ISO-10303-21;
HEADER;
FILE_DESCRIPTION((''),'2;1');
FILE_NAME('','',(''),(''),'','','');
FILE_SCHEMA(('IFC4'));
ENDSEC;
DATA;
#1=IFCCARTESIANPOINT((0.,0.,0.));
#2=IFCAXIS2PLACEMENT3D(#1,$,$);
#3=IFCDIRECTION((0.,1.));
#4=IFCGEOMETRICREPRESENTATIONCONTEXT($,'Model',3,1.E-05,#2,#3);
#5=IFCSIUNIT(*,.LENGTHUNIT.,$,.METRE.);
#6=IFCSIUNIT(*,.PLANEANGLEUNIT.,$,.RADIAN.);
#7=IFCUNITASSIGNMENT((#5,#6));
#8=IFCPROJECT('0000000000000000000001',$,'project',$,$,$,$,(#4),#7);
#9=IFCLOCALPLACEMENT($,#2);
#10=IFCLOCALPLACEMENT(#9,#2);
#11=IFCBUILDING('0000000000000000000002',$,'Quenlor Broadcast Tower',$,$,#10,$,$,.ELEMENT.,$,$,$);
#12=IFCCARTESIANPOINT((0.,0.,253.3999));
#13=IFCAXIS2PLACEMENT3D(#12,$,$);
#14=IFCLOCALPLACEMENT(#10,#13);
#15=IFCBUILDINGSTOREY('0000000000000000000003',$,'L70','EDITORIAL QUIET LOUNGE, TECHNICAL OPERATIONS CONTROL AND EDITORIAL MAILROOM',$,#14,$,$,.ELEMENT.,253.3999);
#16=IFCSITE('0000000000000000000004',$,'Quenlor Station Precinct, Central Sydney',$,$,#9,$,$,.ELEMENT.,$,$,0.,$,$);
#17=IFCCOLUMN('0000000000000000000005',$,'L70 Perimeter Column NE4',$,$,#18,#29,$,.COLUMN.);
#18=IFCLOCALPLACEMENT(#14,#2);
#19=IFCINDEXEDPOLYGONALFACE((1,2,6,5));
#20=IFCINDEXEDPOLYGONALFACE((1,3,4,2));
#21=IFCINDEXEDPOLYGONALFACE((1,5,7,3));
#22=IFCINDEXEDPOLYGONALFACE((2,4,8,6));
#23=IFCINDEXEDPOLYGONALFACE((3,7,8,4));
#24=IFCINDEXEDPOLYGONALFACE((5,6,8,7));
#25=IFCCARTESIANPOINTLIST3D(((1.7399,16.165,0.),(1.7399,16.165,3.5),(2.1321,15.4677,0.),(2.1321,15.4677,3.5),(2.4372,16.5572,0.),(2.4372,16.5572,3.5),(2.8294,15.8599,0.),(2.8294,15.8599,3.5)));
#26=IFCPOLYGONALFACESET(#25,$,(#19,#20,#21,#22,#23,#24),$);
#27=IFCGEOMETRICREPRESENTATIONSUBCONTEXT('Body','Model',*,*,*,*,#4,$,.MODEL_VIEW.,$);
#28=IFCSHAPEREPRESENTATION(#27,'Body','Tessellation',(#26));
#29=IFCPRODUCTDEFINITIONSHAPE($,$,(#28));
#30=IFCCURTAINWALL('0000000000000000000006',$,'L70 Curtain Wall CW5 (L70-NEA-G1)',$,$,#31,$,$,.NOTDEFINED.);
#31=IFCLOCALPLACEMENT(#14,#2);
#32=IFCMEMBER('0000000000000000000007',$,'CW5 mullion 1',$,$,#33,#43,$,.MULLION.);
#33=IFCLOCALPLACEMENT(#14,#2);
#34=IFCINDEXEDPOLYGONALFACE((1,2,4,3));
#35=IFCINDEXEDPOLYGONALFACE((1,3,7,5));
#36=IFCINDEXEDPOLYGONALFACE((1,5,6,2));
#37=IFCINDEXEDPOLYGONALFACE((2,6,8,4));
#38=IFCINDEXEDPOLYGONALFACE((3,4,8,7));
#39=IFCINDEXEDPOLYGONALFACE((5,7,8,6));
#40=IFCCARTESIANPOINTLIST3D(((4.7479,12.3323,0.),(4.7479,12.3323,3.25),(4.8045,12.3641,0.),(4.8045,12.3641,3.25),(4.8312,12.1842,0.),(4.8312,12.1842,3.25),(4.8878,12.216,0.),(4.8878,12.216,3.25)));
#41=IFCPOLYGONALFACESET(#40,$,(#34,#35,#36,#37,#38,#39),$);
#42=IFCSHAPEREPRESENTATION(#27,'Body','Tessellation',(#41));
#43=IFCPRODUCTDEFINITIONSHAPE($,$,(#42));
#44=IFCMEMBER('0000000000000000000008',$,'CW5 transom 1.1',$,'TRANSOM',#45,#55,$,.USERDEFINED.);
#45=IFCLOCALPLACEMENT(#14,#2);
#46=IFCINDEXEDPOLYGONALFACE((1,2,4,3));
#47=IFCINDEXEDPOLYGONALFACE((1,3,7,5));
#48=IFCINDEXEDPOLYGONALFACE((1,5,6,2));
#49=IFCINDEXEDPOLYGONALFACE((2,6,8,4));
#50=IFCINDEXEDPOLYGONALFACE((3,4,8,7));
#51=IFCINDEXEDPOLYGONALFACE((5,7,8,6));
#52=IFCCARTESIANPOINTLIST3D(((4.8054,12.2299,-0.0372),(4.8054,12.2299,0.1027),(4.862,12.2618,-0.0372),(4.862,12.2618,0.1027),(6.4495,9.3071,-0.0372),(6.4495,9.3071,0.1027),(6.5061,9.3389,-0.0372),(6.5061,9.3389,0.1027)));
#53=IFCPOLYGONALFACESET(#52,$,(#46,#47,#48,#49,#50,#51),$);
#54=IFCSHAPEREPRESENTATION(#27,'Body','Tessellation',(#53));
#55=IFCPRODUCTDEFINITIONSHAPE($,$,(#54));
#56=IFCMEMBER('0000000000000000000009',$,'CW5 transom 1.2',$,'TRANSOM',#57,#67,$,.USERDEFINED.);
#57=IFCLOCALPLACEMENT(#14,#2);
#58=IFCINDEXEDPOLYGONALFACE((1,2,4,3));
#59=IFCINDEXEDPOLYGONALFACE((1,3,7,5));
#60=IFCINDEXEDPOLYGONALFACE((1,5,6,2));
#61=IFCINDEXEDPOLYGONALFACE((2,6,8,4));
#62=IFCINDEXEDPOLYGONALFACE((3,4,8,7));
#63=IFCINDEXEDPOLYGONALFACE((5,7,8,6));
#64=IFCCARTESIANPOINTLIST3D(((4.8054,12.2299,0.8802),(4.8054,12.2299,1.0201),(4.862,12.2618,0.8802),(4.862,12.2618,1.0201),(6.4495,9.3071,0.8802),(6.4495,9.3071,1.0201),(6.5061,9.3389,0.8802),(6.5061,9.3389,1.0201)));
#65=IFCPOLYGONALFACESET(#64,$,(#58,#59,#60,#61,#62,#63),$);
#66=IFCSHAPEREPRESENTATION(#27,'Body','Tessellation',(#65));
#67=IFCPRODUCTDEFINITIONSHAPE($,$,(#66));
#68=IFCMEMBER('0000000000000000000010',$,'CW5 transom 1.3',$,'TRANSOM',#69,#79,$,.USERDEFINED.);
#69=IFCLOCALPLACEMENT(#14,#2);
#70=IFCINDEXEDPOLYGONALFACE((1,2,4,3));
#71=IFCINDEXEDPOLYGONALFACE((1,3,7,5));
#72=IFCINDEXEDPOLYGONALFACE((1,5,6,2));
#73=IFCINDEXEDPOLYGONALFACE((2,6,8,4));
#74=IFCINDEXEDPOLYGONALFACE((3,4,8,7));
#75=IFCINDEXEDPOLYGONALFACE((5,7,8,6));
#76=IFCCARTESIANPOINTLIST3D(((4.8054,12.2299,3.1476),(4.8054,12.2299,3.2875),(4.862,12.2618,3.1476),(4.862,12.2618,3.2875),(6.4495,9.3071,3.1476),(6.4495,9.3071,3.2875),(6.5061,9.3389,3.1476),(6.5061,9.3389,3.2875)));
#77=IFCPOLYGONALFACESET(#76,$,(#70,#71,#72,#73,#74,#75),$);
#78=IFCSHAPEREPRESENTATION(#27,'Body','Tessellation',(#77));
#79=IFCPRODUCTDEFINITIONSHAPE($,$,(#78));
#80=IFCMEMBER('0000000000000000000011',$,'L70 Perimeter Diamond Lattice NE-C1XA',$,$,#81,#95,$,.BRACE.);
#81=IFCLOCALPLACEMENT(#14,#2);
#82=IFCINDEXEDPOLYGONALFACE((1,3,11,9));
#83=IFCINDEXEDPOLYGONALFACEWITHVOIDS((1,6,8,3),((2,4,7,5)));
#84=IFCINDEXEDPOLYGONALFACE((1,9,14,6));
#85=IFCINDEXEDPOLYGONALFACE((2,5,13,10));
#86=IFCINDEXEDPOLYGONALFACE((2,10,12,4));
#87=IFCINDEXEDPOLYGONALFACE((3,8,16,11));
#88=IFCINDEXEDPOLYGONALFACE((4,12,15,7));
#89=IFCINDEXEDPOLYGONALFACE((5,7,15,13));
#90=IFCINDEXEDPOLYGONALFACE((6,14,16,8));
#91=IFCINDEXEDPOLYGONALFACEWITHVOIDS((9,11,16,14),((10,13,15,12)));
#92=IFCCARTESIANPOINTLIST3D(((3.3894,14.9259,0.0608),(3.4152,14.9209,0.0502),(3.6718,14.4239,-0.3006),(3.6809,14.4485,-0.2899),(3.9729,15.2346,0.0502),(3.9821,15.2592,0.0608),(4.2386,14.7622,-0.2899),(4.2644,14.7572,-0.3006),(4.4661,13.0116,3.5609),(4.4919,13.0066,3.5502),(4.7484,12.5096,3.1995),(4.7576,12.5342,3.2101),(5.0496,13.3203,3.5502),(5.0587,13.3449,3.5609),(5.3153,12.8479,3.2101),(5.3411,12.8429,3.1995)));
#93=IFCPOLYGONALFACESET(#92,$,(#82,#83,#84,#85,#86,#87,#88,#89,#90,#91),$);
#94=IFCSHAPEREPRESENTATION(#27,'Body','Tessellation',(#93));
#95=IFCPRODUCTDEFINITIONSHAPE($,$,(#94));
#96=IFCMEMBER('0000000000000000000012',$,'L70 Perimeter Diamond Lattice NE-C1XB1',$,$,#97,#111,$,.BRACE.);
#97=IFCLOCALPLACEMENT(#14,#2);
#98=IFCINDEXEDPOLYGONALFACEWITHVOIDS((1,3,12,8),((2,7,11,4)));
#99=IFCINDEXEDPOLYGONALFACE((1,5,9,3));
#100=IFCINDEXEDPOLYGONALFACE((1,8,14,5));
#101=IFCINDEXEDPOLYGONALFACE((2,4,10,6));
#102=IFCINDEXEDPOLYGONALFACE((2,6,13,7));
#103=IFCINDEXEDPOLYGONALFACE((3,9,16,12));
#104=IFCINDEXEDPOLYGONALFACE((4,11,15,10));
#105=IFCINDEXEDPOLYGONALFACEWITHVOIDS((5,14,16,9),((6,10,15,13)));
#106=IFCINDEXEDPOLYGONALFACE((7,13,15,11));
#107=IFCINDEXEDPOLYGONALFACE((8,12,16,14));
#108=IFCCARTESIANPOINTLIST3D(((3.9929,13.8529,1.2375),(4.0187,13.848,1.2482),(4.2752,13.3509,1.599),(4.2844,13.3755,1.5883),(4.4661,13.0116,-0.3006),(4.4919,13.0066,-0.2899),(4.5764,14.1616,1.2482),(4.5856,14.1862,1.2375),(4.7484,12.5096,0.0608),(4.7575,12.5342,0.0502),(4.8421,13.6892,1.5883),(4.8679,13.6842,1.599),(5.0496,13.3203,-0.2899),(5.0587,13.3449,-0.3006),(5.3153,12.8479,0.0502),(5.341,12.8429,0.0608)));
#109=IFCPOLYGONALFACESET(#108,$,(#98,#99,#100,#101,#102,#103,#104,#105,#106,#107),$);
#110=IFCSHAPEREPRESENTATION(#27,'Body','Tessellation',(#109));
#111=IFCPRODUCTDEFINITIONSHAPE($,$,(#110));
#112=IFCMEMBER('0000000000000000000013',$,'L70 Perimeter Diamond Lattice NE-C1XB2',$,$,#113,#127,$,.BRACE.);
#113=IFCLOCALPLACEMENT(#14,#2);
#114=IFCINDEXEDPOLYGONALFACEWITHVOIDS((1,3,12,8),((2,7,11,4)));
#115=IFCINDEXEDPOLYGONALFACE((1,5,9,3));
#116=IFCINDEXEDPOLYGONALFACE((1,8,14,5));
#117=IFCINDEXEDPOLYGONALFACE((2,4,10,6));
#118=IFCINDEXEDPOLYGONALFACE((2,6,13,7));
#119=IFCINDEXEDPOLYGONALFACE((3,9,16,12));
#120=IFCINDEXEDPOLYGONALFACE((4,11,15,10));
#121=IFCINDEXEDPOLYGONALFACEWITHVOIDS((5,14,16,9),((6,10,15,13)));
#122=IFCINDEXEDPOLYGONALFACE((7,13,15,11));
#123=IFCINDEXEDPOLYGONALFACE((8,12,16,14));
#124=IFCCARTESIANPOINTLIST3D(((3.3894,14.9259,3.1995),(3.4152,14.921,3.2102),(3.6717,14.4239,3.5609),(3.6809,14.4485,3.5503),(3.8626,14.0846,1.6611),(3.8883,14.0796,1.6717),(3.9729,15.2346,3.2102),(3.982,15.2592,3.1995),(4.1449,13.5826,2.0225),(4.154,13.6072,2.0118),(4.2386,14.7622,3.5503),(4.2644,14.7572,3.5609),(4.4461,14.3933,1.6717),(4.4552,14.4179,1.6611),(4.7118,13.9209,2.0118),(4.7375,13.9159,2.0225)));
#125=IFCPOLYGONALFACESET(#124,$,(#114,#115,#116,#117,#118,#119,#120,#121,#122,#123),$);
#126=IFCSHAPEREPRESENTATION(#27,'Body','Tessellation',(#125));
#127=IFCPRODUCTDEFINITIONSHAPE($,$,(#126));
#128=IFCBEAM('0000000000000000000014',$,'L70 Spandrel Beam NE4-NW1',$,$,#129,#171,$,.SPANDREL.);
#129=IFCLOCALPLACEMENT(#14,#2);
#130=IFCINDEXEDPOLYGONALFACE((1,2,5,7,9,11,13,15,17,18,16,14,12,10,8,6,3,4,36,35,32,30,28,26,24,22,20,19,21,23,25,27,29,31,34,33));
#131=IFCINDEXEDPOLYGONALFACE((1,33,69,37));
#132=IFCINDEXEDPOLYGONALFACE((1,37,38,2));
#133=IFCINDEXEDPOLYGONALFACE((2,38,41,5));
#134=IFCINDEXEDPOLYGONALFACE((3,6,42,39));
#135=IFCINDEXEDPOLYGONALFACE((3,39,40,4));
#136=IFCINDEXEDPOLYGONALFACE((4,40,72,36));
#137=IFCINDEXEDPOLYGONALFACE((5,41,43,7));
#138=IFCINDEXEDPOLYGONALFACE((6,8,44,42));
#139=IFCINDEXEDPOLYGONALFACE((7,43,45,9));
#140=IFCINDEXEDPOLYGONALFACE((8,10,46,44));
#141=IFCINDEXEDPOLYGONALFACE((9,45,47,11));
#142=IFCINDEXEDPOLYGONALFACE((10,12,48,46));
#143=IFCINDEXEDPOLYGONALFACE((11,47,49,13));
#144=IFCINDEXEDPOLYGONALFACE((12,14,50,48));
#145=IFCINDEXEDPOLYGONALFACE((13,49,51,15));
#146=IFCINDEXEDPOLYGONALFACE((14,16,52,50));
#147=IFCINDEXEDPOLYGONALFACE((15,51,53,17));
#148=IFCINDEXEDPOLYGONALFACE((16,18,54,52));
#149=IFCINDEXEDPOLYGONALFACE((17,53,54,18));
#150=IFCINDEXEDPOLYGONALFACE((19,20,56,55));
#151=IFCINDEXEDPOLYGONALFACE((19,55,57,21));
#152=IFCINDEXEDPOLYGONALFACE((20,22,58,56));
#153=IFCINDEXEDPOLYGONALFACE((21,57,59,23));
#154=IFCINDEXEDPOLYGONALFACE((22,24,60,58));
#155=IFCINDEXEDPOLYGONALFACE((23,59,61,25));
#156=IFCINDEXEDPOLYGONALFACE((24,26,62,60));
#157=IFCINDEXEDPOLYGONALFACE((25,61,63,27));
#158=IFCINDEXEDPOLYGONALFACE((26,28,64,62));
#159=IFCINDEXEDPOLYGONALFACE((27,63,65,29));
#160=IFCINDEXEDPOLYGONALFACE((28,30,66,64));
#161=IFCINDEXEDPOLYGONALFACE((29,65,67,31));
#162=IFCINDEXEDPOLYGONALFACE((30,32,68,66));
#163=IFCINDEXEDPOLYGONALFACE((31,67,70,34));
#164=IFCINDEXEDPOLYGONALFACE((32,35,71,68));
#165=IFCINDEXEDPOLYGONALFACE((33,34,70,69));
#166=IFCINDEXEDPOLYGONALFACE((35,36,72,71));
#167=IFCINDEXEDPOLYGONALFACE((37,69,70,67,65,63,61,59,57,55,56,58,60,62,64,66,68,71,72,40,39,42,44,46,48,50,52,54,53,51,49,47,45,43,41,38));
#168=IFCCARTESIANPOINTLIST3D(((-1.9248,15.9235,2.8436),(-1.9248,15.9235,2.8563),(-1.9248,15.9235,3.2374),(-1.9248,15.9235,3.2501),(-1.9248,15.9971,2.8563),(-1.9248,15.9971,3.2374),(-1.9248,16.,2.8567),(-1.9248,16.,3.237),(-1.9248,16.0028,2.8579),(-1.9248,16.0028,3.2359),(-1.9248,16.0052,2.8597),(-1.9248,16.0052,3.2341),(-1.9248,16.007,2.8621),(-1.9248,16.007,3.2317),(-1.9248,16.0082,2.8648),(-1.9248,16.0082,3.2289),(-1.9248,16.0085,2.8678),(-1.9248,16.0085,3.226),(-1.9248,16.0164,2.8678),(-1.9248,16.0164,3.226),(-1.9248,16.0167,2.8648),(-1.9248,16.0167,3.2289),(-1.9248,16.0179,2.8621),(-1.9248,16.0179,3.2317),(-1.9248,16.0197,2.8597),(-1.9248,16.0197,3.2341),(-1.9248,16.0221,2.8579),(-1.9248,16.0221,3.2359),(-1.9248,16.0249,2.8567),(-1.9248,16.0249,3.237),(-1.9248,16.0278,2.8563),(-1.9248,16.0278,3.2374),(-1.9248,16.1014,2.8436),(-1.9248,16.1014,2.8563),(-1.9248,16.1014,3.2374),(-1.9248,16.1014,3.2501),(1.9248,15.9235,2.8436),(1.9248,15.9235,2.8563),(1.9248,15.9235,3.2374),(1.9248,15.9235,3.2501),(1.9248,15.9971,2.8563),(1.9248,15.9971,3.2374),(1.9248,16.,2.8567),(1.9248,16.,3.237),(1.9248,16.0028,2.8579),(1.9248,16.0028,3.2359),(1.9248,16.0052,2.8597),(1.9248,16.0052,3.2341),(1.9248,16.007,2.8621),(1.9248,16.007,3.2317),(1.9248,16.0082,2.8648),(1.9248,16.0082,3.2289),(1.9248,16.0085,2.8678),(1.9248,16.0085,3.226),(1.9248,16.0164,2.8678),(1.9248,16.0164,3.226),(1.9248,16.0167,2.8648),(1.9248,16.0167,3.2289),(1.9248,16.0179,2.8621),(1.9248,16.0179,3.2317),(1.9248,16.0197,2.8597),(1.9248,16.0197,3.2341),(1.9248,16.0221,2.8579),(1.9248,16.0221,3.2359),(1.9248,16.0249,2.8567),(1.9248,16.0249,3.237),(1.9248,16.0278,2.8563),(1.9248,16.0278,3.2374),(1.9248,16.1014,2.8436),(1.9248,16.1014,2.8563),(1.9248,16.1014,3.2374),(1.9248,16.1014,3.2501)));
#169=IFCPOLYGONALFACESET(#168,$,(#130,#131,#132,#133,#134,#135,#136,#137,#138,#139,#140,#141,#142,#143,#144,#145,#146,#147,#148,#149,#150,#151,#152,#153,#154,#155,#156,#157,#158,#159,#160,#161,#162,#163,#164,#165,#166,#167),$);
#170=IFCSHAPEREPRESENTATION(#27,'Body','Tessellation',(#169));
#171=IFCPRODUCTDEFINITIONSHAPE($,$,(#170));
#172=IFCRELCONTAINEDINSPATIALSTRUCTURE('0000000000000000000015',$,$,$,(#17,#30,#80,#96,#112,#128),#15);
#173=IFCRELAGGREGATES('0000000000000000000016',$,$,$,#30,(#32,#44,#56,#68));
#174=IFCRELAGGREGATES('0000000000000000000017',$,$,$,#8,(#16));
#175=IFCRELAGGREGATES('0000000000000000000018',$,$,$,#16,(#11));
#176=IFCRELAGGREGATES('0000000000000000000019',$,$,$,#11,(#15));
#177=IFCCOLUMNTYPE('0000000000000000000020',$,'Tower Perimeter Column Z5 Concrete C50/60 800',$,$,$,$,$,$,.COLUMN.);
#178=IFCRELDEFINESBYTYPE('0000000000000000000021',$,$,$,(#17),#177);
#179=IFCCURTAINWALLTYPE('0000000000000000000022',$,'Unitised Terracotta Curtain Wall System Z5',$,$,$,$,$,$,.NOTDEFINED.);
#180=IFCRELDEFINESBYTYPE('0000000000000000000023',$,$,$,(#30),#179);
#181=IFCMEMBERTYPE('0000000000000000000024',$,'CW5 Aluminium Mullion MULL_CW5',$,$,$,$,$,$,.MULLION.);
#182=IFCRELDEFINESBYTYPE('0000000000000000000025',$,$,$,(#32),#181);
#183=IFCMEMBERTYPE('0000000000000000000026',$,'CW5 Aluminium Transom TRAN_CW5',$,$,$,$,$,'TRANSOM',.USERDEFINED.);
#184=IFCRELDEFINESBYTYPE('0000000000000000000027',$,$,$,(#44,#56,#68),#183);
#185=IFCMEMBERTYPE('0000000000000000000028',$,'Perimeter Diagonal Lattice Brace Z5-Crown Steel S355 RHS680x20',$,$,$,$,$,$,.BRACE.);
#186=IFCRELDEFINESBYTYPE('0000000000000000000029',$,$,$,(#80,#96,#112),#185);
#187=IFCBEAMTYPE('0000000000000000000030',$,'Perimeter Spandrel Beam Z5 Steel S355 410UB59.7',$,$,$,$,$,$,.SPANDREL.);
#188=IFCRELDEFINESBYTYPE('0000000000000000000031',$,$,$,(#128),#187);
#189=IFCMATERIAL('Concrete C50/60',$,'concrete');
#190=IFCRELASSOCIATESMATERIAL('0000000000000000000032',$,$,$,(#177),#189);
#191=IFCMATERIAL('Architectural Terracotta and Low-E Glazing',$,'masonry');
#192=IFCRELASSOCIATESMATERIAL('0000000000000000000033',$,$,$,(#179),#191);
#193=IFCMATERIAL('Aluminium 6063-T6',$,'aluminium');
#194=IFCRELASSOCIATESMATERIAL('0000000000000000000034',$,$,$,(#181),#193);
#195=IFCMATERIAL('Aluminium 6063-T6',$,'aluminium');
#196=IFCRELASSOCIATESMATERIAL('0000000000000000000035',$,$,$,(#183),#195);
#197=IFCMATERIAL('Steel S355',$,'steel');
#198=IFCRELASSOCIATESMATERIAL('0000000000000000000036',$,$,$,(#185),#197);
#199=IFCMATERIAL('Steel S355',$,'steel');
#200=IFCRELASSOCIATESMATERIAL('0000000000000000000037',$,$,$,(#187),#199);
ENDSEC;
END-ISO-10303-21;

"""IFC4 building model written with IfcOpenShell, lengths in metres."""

from ifc_helpers import new_model, si_unit, direction, frame, origin, origin_2d, place, context, subcontext, project, spatial, rectangle, hollow_rectangle, i_section, extrude, material, material_profile, profile_set, type_object, element, aggregate, save


model = new_model("IFC4")

# Units and contexts
model_context = context("Model", 3, precision=1e-05, world=origin(), true_north=direction((0.0, 1.0)))
body_context = subcontext(model_context, "Body", "Model", "MODEL_VIEW")
ifc_project = project(units=[si_unit("LENGTHUNIT", "METRE"), si_unit("PLANEANGLEUNIT", "RADIAN")], contexts=[model_context])

# Site, building, storey
site_placement = place(None, origin())
site = spatial("IfcSite", under=ifc_project, at=site_placement, Name="Quenlor Station Precinct, Central Sydney", CompositionType="ELEMENT", RefElevation=0.0)
building_placement = place(site_placement, origin())
building = spatial("IfcBuilding", under=site, at=building_placement, Name="Quenlor Broadcast Tower", CompositionType="ELEMENT")
storey_placement = place(building_placement, frame((0.0, 0.0, 253.3999)))
storey = spatial("IfcBuildingStorey", under=building, at=storey_placement, Name="L70", Description="EDITORIAL QUIET LOUNGE, TECHNICAL OPERATIONS CONTROL AND EDITORIAL MAILROOM", CompositionType="ELEMENT", Elevation=253.3999)

# Column
ifc_material_1 = material(Name="Concrete C50/60", Category="concrete")
ifc_material_profile_1 = material_profile(ifc_material_1, rectangle(XDim=0.8, YDim=0.8, at=origin_2d()))
ifc_profile_set_1 = profile_set([ifc_material_profile_1], Name="Concrete C50/60 RC800x800")
column_type = type_object("IfcColumnType", Name="Tower Perimeter Column Z5 Concrete C50/60 800", PredefinedType="COLUMN", material=ifc_profile_set_1)
column_placement = place(storey_placement, frame((2.2847, 16.0125, 0.0), z_axis=(0.0, 0.0, 1.0), x_axis=(0.871575, 0.490262, 0.0)))
element("IfcColumn", 1, at=column_placement, inside=storey, type_object=column_type, Name="L70 Perimeter Column NE4", PredefinedType="COLUMN", context=body_context, shape_type="SweptSolid", body=[
    extrude(rectangle(XDim=0.8, YDim=0.8, at=origin_2d()), origin(), (0.0, 0.0, 1.0), 3.5),
])

# Curtain wall, members
ifc_material_2 = material(Name="Architectural Terracotta and Low-E Glazing", Category="masonry")
curtain_wall_type = type_object("IfcCurtainWallType", Name="Unitised Terracotta Curtain Wall System Z5", PredefinedType="NOTDEFINED", material=ifc_material_2)
curtain_wall_placement = place(storey_placement, origin())
curtain_wall = element("IfcCurtainWall", 2, at=curtain_wall_placement, inside=storey, type_object=curtain_wall_type, Name="L70 Curtain Wall CW5 (L70-NEA-G1)", PredefinedType="NOTDEFINED")
ifc_material_3 = material(Name="Aluminium 6063-T6", Category="aluminium")
ifc_material_profile_2 = material_profile(ifc_material_3, rectangle(XDim=0.0649, YDim=0.1699, at=origin_2d()))
ifc_profile_set_2 = profile_set([ifc_material_profile_2], Name="Aluminium 6063-T6 MULL65x170")
member_type_1 = type_object("IfcMemberType", Name="CW5 Aluminium Mullion MULL_CW5", PredefinedType="MULLION", material=ifc_profile_set_2)
member_1_placement = place(storey_placement, frame((4.8179, 12.2742, 0.0), z_axis=(0.0, 0.0, 1.0), x_axis=(0.871582, 0.49025, 0.0)))
member_1 = element("IfcMember", 3, at=member_1_placement, type_object=member_type_1, Name="CW5 mullion 1", PredefinedType="MULLION", context=body_context, shape_type="SweptSolid", body=[
    extrude(rectangle(XDim=0.0649, YDim=0.1699, at=origin_2d()), origin(), (0.0, 0.0, 1.0), 3.25),
])
ifc_material_4 = material(Name="Aluminium 6063-T6", Category="aluminium")
ifc_material_profile_3 = material_profile(ifc_material_4, rectangle(XDim=0.0649, YDim=0.1399, at=origin_2d()))
ifc_profile_set_3 = profile_set([ifc_material_profile_3], Name="Aluminium 6063-T6 TRAN65x140")
member_type_2 = type_object("IfcMemberType", Name="CW5 Aluminium Transom TRAN_CW5", ElementType="TRANSOM", PredefinedType="USERDEFINED", material=ifc_profile_set_3)
member_2_placement = place(storey_placement, frame((4.8337, 12.2458, 0.0327), z_axis=(0.490247, -0.871583, 0.0), x_axis=(0.871583, 0.490247, 0.0)))
member_2 = element("IfcMember", 4, at=member_2_placement, type_object=member_type_2, Name="CW5 transom 1.1", ObjectType="TRANSOM", PredefinedType="USERDEFINED", context=body_context, shape_type="SweptSolid", body=[
    extrude(rectangle(XDim=0.0649, YDim=0.1399, at=origin_2d()), origin(), (0.0, 0.0, 1.0), 3.3535),
])
member_3_placement = place(storey_placement, frame((4.8337, 12.2458, 0.9502), z_axis=(0.490247, -0.871583, 0.0), x_axis=(0.871583, 0.490247, 0.0)))
member_3 = element("IfcMember", 5, at=member_3_placement, type_object=member_type_2, Name="CW5 transom 1.2", ObjectType="TRANSOM", PredefinedType="USERDEFINED", context=body_context, shape_type="SweptSolid", body=[
    extrude(rectangle(XDim=0.0649, YDim=0.1399, at=origin_2d()), origin(), (0.0, 0.0, 1.0), 3.3535),
])
member_4_placement = place(storey_placement, frame((4.8337, 12.2458, 3.2175), z_axis=(0.490247, -0.871583, 0.0), x_axis=(0.871583, 0.490247, 0.0)))
member_4 = element("IfcMember", 6, at=member_4_placement, type_object=member_type_2, Name="CW5 transom 1.3", ObjectType="TRANSOM", PredefinedType="USERDEFINED", context=body_context, shape_type="SweptSolid", body=[
    extrude(rectangle(XDim=0.0649, YDim=0.1399, at=origin_2d()), origin(), (0.0, 0.0, 1.0), 3.3535),
])

# Members
ifc_material_5 = material(Name="Steel S355", Category="steel")
ifc_material_profile_4 = material_profile(ifc_material_5, hollow_rectangle(XDim=0.6799, YDim=0.6799, WallThickness=0.02, at=origin_2d()))
ifc_profile_set_4 = profile_set([ifc_material_profile_4], Name="Steel S355 RHS680x680x20")
member_type_3 = type_object("IfcMemberType", Name="Perimeter Diagonal Lattice Brace Z5-Crown Steel S355 RHS680x20", PredefinedType="BRACE", material=ifc_profile_set_4)
member_5_placement = place(storey_placement, frame((3.8269, 14.8416, -0.1199), z_axis=(0.260564, -0.463283, 0.847039), x_axis=(0.871602, 0.490214, 0.0)))
element("IfcMember", 7, at=member_5_placement, inside=storey, type_object=member_type_3, Name="L70 Perimeter Diamond Lattice NE-C1XA", PredefinedType="BRACE", context=body_context, shape_type="SweptSolid", body=[
    extrude(hollow_rectangle(XDim=0.6799, YDim=0.6799, WallThickness=0.02, at=origin_2d()), origin(), (0.0, 0.0, 1.0), 4.1321),
])
member_6_placement = place(storey_placement, frame((4.9036, 12.9272, -0.1199), z_axis=(-0.260561, 0.463309, 0.847025), x_axis=(-0.871616, -0.490189, 0.0)))
element("IfcMember", 8, at=member_6_placement, inside=storey, type_object=member_type_3, Name="L70 Perimeter Diamond Lattice NE-C1XB1", PredefinedType="BRACE", context=body_context, shape_type="SweptSolid", body=[
    extrude(hollow_rectangle(XDim=0.6799, YDim=0.6799, WallThickness=0.02, at=origin_2d()), origin(), (0.0, 0.0, 1.0), 1.8159),
])
member_7_placement = place(storey_placement, frame((4.3, 14.0002, 1.8418), z_axis=(-0.260532, 0.463257, 0.847063), x_axis=(-0.871616, -0.490189, 0.0)))
element("IfcMember", 9, at=member_7_placement, inside=storey, type_object=member_type_3, Name="L70 Perimeter Diamond Lattice NE-C1XB2", PredefinedType="BRACE", context=body_context, shape_type="SweptSolid", body=[
    extrude(hollow_rectangle(XDim=0.6799, YDim=0.6799, WallThickness=0.02, at=origin_2d()), origin(), (0.0, 0.0, 1.0), 1.8162),
])

# Beam
ifc_material_6 = material(Name="Steel S355", Category="steel")
ifc_material_profile_5 = material_profile(ifc_material_6, i_section(OverallWidth=0.178, OverallDepth=0.4065, WebThickness=0.0078, FlangeThickness=0.0127, FilletRadius=0.0115, at=origin_2d()))
ifc_profile_set_5 = profile_set([ifc_material_profile_5], Name="Steel S355 410UB59.7")
beam_type_1 = type_object("IfcBeamType", Name="Perimeter Spandrel Beam Z5 Steel S355 410UB59.7", PredefinedType="SPANDREL", material=ifc_profile_set_5)
beam_1_placement = place(storey_placement, frame((1.9248, 16.0125, 3.0469), z_axis=(-1.0, 0.0, 0.0), x_axis=(0.0, -1.0, 0.0)))
element("IfcBeam", 10, at=beam_1_placement, inside=storey, type_object=beam_type_1, Name="L70 Spandrel Beam NE4-NW1", PredefinedType="SPANDREL", context=body_context, shape_type="SweptSolid", body=[
    extrude(i_section(OverallWidth=0.178, OverallDepth=0.4065, WebThickness=0.0078, FlangeThickness=0.0127, FilletRadius=0.0115, at=origin_2d()), origin(), (0.0, 0.0, 1.0), 3.8496),
])

aggregate(curtain_wall, [member_1, member_2, member_3, member_4])

save(model, "model.ifc")
